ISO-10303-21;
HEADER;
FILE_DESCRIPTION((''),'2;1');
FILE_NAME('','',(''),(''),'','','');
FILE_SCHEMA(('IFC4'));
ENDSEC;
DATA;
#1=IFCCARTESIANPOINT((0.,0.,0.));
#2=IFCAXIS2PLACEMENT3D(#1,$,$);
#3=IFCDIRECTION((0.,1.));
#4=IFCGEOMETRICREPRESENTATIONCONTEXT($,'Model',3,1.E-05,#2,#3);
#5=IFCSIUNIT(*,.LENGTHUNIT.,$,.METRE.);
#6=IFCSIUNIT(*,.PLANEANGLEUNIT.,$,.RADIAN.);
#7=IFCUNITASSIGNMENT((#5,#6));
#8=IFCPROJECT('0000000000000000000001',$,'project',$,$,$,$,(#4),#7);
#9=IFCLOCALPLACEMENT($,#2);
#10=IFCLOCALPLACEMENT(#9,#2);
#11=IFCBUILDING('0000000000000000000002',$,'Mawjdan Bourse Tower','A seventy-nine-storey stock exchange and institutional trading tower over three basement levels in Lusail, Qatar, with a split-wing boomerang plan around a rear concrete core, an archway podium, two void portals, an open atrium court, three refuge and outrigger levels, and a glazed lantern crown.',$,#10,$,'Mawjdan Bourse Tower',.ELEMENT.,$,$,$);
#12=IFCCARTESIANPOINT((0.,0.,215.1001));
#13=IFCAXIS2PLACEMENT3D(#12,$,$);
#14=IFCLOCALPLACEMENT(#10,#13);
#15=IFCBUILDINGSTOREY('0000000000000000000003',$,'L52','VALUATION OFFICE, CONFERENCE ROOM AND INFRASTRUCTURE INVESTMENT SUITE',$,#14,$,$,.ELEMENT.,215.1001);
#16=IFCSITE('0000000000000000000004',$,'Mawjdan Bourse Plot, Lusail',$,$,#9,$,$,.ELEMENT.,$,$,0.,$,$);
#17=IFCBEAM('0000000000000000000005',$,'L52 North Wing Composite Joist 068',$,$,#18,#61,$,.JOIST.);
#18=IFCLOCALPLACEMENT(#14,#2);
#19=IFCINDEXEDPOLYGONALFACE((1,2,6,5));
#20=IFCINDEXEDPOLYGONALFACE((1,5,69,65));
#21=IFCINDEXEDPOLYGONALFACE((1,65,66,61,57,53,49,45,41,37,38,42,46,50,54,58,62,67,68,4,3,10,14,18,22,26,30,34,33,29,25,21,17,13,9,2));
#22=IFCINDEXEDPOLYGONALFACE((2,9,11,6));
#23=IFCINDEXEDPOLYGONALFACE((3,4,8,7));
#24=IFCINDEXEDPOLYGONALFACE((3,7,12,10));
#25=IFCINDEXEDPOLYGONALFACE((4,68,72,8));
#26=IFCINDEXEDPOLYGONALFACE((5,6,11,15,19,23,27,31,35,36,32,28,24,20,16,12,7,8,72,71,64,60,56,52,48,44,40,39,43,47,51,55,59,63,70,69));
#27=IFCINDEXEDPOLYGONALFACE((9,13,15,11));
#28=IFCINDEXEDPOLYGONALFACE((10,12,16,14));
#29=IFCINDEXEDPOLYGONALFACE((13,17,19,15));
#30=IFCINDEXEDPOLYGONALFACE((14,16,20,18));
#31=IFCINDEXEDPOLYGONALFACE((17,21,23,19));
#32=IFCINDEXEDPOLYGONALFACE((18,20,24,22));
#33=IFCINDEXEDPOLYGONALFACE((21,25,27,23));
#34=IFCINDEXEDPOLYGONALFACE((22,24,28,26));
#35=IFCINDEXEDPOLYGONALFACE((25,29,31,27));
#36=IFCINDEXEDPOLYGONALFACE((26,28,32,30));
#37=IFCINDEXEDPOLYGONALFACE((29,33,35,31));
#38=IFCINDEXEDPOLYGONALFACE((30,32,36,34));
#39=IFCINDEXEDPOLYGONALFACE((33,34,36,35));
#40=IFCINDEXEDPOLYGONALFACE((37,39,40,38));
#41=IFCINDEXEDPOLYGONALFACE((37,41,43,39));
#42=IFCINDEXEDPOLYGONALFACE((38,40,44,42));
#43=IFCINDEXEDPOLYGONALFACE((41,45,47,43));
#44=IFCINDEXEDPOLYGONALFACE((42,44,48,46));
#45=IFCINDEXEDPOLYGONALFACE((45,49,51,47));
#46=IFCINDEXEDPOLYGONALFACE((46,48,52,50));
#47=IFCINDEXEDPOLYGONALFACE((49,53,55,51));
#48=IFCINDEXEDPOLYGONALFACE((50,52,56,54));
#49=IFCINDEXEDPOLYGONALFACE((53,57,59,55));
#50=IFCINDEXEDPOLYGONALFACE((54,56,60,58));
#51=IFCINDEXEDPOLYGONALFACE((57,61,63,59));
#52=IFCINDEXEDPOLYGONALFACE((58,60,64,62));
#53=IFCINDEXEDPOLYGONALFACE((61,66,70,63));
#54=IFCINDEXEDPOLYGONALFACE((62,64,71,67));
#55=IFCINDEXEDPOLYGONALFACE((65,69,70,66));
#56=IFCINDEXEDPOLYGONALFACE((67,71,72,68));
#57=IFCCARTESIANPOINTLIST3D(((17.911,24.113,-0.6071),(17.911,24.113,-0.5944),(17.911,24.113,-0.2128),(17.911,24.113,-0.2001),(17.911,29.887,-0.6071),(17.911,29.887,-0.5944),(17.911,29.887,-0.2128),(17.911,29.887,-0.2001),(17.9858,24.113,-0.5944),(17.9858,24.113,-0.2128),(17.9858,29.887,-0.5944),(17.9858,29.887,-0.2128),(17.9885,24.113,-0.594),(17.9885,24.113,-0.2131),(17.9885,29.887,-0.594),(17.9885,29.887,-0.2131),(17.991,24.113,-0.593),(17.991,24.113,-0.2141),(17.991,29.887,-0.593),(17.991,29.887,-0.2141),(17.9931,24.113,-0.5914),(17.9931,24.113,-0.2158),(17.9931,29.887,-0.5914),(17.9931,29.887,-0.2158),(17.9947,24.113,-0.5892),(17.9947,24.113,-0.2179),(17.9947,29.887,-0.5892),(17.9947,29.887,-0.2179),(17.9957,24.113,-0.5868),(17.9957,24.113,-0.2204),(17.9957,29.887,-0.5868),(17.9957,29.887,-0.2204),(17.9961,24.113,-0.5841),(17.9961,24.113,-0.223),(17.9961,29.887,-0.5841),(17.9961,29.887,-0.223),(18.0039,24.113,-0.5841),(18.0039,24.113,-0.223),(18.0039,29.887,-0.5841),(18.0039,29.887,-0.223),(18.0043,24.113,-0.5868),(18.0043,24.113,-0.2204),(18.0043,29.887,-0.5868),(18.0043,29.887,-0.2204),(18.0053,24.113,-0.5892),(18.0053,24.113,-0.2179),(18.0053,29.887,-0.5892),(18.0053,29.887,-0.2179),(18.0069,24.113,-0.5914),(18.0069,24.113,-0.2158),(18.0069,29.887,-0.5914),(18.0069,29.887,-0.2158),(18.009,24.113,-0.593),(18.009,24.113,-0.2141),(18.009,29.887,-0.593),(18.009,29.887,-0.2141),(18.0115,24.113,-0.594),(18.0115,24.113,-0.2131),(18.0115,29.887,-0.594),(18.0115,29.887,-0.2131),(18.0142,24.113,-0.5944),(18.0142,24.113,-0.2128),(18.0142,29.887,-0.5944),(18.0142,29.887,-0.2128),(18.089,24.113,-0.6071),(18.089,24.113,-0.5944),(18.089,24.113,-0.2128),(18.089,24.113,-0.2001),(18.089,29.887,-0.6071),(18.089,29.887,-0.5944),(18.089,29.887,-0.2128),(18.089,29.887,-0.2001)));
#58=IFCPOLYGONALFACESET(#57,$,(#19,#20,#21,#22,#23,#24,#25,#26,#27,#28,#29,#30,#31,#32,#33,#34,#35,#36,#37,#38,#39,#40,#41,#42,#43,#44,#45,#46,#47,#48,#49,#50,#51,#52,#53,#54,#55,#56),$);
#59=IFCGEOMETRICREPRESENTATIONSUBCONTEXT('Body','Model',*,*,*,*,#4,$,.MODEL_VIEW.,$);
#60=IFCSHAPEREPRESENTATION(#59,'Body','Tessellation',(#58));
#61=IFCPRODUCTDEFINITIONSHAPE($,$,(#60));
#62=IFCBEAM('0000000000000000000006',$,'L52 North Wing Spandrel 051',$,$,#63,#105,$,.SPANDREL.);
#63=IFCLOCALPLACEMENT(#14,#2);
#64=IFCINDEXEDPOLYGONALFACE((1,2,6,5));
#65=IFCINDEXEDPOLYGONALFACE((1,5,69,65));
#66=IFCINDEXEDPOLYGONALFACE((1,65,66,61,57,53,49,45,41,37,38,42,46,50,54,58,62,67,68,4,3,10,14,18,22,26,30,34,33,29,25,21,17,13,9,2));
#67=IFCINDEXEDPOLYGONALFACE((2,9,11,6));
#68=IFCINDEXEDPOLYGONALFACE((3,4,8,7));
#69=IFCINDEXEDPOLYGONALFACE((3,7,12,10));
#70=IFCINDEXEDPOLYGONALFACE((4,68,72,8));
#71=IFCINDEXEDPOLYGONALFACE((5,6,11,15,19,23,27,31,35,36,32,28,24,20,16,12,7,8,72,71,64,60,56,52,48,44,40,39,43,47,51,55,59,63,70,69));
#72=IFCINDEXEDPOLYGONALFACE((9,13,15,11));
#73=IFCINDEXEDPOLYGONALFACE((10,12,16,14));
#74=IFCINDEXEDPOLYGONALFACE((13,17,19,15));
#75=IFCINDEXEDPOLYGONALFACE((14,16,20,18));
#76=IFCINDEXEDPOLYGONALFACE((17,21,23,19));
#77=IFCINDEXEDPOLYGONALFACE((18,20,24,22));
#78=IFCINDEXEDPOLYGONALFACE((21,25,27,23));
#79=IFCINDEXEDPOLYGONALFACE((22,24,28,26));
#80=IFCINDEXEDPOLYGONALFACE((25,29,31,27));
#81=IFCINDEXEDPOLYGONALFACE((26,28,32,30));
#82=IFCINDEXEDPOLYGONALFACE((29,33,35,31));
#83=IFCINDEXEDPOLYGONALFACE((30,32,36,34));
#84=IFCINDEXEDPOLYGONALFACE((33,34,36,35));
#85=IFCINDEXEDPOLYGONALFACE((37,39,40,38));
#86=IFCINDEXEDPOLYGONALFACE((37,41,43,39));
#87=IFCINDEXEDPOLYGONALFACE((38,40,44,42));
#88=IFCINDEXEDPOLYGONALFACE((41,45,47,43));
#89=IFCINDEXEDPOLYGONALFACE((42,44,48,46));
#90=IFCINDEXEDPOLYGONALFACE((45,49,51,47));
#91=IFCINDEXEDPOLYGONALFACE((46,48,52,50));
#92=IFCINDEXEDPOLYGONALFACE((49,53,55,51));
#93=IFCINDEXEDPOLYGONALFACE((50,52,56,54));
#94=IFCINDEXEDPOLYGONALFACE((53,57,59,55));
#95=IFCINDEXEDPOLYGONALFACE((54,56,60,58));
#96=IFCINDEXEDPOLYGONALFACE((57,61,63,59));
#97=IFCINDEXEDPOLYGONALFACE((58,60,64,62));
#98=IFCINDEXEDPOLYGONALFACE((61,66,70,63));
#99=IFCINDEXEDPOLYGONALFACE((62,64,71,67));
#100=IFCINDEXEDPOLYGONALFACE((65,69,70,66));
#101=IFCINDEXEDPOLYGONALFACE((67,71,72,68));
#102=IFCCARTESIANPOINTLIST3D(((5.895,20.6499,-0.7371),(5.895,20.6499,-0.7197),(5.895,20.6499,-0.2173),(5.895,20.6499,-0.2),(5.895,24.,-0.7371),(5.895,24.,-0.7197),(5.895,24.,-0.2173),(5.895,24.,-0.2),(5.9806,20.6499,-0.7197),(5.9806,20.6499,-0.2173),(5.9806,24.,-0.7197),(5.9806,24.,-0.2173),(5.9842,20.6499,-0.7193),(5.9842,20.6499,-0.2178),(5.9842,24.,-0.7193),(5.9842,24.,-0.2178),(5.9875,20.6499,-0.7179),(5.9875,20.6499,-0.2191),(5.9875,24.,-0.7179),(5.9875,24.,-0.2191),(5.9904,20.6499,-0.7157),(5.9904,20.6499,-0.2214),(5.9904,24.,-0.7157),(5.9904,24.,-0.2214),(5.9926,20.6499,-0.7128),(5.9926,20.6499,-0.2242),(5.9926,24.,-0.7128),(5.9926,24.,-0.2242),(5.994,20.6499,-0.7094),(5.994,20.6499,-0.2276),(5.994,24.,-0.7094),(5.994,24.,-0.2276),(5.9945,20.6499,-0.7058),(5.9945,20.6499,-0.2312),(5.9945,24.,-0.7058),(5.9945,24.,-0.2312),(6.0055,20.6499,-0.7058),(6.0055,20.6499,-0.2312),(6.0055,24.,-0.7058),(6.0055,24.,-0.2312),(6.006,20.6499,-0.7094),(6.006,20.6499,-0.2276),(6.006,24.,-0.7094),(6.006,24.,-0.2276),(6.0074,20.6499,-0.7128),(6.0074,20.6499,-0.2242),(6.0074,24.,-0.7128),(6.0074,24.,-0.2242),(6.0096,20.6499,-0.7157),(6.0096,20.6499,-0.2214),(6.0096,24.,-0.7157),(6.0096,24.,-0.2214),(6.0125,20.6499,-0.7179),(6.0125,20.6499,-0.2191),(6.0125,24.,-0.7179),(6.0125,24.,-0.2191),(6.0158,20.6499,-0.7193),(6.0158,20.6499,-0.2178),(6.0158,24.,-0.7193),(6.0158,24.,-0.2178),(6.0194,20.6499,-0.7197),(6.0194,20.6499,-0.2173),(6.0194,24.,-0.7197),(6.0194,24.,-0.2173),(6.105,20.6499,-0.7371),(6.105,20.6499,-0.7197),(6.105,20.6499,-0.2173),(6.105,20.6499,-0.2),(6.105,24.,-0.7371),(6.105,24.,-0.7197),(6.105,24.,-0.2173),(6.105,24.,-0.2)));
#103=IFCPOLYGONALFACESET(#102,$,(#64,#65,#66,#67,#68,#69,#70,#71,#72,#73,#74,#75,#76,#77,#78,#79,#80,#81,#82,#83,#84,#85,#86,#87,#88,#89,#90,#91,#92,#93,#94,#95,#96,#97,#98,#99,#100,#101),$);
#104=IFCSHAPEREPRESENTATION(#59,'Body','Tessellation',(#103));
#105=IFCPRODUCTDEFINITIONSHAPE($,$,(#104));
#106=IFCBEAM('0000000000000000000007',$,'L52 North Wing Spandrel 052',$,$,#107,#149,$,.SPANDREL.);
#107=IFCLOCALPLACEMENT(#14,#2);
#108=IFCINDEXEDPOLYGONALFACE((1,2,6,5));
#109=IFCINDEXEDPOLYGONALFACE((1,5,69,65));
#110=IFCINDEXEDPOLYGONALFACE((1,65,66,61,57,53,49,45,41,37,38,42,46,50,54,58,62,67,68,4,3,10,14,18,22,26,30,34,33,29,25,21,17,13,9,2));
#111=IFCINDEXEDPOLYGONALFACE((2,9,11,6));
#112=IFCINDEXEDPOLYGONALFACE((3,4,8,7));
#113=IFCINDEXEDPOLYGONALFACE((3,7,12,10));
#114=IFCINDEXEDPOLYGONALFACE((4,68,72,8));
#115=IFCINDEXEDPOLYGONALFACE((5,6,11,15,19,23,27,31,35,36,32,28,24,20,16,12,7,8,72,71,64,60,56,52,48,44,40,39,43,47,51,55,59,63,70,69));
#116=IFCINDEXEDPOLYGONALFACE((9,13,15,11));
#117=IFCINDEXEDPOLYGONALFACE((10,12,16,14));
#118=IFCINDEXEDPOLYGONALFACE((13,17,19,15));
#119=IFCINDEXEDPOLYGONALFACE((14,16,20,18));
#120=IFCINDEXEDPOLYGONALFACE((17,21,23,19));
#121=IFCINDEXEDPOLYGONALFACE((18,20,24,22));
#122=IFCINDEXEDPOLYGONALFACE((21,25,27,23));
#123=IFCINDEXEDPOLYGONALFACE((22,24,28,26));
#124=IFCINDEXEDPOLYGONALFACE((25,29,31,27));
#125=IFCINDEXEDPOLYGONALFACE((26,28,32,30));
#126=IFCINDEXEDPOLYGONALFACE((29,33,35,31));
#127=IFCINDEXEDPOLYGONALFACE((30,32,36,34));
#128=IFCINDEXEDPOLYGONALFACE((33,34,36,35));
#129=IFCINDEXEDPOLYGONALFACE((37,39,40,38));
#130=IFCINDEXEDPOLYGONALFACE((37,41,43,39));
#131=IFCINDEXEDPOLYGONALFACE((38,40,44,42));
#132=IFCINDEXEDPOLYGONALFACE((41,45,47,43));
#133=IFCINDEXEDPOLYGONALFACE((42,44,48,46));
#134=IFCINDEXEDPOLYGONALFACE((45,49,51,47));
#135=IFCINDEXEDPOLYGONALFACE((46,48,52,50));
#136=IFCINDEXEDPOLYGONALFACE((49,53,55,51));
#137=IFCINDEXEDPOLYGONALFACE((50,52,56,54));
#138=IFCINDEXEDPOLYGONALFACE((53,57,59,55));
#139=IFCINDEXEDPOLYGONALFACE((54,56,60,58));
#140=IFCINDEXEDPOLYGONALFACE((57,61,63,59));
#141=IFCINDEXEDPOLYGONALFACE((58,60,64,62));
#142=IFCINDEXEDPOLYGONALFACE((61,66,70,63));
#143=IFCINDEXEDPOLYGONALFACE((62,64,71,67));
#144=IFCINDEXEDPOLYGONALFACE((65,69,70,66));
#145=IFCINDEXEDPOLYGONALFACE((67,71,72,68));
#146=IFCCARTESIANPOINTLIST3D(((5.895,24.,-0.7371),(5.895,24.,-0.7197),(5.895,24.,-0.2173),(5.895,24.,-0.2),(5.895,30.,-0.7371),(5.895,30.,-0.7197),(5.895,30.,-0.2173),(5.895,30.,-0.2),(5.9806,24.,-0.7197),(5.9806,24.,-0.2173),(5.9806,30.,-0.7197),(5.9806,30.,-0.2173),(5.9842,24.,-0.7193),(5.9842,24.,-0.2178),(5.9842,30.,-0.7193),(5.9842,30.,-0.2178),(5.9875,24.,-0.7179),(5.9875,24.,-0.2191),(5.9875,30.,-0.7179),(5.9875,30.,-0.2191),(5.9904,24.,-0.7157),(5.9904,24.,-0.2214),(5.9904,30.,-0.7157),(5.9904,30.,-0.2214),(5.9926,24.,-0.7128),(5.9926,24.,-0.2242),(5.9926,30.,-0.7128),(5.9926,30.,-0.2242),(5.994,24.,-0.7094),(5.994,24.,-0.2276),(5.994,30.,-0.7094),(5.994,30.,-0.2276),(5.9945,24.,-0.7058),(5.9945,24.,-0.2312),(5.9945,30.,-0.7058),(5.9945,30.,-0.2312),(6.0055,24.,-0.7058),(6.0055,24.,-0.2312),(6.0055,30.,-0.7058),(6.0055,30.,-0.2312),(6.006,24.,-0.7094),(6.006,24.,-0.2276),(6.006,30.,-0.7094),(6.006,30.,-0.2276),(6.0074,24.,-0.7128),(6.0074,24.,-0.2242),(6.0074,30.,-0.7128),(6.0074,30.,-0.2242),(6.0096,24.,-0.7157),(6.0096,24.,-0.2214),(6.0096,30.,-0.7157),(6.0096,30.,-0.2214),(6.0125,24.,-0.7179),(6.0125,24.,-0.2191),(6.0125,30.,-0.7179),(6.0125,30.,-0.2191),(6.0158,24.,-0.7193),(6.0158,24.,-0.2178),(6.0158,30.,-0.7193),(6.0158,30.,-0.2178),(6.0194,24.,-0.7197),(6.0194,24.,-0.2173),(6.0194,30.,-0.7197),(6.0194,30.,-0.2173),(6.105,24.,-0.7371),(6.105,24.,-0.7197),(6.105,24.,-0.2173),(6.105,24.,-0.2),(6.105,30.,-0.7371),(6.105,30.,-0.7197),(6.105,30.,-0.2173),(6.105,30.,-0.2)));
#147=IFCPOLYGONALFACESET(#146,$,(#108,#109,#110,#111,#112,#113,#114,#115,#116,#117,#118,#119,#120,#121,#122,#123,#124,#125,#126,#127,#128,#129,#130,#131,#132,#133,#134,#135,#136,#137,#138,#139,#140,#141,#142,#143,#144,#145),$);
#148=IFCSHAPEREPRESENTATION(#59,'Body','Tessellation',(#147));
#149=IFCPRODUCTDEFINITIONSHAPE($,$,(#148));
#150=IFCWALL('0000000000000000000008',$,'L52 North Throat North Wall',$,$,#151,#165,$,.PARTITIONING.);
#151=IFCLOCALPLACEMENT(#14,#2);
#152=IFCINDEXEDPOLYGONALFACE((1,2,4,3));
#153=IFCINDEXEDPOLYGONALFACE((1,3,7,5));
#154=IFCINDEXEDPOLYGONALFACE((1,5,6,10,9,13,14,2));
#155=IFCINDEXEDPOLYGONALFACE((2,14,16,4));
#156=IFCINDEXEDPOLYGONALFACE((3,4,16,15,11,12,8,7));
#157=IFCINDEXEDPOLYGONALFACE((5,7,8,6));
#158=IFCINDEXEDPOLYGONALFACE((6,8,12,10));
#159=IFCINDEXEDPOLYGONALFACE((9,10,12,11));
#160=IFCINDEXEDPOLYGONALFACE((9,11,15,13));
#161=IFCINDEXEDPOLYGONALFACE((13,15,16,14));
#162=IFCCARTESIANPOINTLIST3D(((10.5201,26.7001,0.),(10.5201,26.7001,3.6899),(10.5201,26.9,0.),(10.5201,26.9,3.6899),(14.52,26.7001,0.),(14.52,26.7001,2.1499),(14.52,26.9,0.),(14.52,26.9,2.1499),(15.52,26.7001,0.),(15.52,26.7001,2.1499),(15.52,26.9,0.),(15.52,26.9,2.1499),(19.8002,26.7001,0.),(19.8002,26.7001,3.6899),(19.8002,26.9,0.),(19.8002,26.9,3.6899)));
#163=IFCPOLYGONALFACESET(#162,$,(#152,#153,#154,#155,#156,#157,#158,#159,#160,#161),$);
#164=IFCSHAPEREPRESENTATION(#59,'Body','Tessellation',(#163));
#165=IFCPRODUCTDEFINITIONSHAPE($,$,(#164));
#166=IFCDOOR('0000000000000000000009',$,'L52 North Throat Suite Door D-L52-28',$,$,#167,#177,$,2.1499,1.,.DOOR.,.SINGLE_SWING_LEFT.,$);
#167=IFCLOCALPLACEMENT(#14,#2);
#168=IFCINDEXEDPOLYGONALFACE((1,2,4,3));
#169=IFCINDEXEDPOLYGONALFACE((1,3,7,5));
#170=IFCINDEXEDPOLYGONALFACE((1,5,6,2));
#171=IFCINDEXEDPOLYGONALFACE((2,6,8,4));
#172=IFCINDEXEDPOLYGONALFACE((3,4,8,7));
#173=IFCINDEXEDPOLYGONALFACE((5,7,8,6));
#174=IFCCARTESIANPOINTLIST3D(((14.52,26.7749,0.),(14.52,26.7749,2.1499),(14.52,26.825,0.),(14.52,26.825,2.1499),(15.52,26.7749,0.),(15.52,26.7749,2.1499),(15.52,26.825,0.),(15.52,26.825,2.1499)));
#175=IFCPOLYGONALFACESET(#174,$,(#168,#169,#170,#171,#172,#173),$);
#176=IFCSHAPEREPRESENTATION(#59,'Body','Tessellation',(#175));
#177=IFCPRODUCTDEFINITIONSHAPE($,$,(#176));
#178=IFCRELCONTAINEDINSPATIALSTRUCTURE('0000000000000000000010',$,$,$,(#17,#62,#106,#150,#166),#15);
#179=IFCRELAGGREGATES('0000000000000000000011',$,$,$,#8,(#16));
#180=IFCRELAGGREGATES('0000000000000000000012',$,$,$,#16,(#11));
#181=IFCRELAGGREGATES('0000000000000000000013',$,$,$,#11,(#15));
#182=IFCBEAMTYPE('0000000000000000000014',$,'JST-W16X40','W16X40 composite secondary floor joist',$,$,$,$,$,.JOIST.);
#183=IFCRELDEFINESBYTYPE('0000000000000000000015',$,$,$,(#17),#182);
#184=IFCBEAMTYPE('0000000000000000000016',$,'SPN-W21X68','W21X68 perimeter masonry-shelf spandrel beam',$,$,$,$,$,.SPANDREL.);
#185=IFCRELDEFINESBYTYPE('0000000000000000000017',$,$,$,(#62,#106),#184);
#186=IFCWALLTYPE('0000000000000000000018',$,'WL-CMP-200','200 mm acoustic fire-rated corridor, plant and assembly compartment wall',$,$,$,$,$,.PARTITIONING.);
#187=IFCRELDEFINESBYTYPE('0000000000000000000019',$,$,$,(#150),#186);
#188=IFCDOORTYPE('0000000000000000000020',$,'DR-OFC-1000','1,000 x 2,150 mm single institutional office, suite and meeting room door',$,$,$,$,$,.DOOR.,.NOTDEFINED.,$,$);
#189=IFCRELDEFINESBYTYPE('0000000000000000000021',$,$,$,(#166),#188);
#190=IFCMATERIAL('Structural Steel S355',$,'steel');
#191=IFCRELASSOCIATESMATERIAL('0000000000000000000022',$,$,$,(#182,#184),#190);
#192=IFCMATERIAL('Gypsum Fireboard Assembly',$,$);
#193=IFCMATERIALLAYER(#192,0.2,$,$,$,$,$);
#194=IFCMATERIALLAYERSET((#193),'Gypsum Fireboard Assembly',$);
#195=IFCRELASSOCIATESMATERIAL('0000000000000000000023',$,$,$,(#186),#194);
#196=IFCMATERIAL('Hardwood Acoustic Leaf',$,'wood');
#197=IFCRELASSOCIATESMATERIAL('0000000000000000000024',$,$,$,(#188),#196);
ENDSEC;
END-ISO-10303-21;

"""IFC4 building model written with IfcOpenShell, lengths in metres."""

from ifc_helpers import new_model, si_unit, direction, frame, frame_2d, origin, origin_2d, place, context, subcontext, project, spatial, rectangle, i_section, extrude, material, layer, layer_set, material_profile, profile_set, type_object, element, fill, save


model = new_model("IFC4")

# Units and contexts
model_context = context("Model", 3, precision=1e-05, world=origin(), true_north=direction((0.0, 1.0)))
body_context = subcontext(model_context, "Body", "Model", "MODEL_VIEW")
ifc_project = project(units=[si_unit("LENGTHUNIT", "METRE"), si_unit("PLANEANGLEUNIT", "RADIAN")], contexts=[model_context])

# Site, building, storey
site_placement = place(None, origin())
site = spatial("IfcSite", under=ifc_project, at=site_placement, Name="Mawjdan Bourse Plot, Lusail", CompositionType="ELEMENT", RefElevation=0.0)
building_placement = place(site_placement, origin())
building = spatial("IfcBuilding", under=site, at=building_placement, Name="Mawjdan Bourse Tower", Description="A seventy-nine-storey stock exchange and institutional trading tower over three basement levels in Lusail, Qatar, with a split-wing boomerang plan around a rear concrete core, an archway podium, two void portals, an open atrium court, three refuge and outrigger levels, and a glazed lantern crown.", LongName="Mawjdan Bourse Tower", CompositionType="ELEMENT")
storey_placement = place(building_placement, frame((0.0, 0.0, 215.1001)))
storey = spatial("IfcBuildingStorey", under=building, at=storey_placement, Name="L52", Description="VALUATION OFFICE, CONFERENCE ROOM AND INFRASTRUCTURE INVESTMENT SUITE", CompositionType="ELEMENT", Elevation=215.1001)

# Beams
ifc_material_1 = material(Name="Structural Steel S355", Category="steel")
ifc_material_profile_1 = material_profile(ifc_material_1, i_section(OverallWidth=0.178, OverallDepth=0.407, WebThickness=0.0078, FlangeThickness=0.0127, FilletRadius=0.0103, at=origin_2d()), Name="W16X40")
ifc_profile_set_1 = profile_set([ifc_material_profile_1], Name="Structural Steel S355")
beam_type_1 = type_object("IfcBeamType", Name="JST-W16X40", Description="W16X40 composite secondary floor joist", PredefinedType="JOIST", material=ifc_profile_set_1)
beam_1_placement = place(storey_placement, frame((18.0, 24.113, -0.4036), z_axis=(0.0, 1.0, 0.0), x_axis=(-1.0, 0.0, 0.0)))
element("IfcBeam", 1, at=beam_1_placement, inside=storey, type_object=beam_type_1, Name="L52 North Wing Composite Joist 068", PredefinedType="JOIST", context=body_context, shape_type="SweptSolid", body=[
    extrude(i_section(OverallWidth=0.178, OverallDepth=0.407, WebThickness=0.0078, FlangeThickness=0.0127, FilletRadius=0.0103, at=origin_2d()), origin(), (0.0, 0.0, 1.0), 5.7739),
])
ifc_material_profile_2 = material_profile(ifc_material_1, i_section(OverallWidth=0.21, OverallDepth=0.5371, WebThickness=0.011, FlangeThickness=0.0173, FilletRadius=0.0139, at=origin_2d()), Name="W21X68")
ifc_profile_set_2 = profile_set([ifc_material_profile_2], Name="Structural Steel S355")
beam_type_2 = type_object("IfcBeamType", Name="SPN-W21X68", Description="W21X68 perimeter masonry-shelf spandrel beam", PredefinedType="SPANDREL", material=ifc_profile_set_2)
beam_2_placement = place(storey_placement, frame((6.0, 20.6499, -0.4685), z_axis=(0.0, 1.0, 0.0), x_axis=(-1.0, 0.0, 0.0)))
element("IfcBeam", 2, at=beam_2_placement, inside=storey, type_object=beam_type_2, Name="L52 North Wing Spandrel 051", PredefinedType="SPANDREL", context=body_context, shape_type="SweptSolid", body=[
    extrude(i_section(OverallWidth=0.21, OverallDepth=0.5371, WebThickness=0.011, FlangeThickness=0.0173, FilletRadius=0.0139, at=origin_2d()), origin(), (0.0, 0.0, 1.0), 3.3501),
])
beam_3_placement = place(storey_placement, frame((6.0, 24.0, -0.4685), z_axis=(0.0, 1.0, 0.0), x_axis=(-1.0, 0.0, 0.0)))
element("IfcBeam", 3, at=beam_3_placement, inside=storey, type_object=beam_type_2, Name="L52 North Wing Spandrel 052", PredefinedType="SPANDREL", context=body_context, shape_type="SweptSolid", body=[
    extrude(i_section(OverallWidth=0.21, OverallDepth=0.5371, WebThickness=0.011, FlangeThickness=0.0173, FilletRadius=0.0139, at=origin_2d()), origin(), (0.0, 0.0, 1.0), 6.0),
])

# Wall, opening, door
ifc_material_2 = material(Name="Gypsum Fireboard Assembly")
ifc_layer_1 = layer(ifc_material_2, 0.2)
ifc_layer_set_1 = layer_set([ifc_layer_1], Name="Gypsum Fireboard Assembly")
wall_type_1 = type_object("IfcWallType", Name="WL-CMP-200", Description="200 mm acoustic fire-rated corridor, plant and assembly compartment wall", PredefinedType="PARTITIONING", material=ifc_layer_set_1)
wall_1_placement = place(storey_placement, frame((10.52, 26.8, 0.0), z_axis=(0.0, 0.0, 1.0), x_axis=(1.0, 0.0, 0.0)))
wall_1 = element("IfcWall", 4, at=wall_1_placement, inside=storey, type_object=wall_type_1, Name="L52 North Throat North Wall", PredefinedType="PARTITIONING", context=body_context, shape_type="SweptSolid", body=[
    extrude(rectangle(XDim=9.28, YDim=0.2, at=frame_2d((4.6401, 0.0))), origin(), (0.0, 0.0, 1.0), 3.6899),
])
opening_1_placement = place(wall_1_placement, frame((4.0, 0.0, 0.0)))
opening_1 = element("IfcOpeningElement", 5, at=opening_1_placement, cuts=wall_1, PredefinedType="OPENING", context=body_context, shape_type="SweptSolid", body=[
    extrude(rectangle(XDim=1.0, YDim=2.1499, at=frame_2d((0.5, 1.075))), frame((0.0, 0.1099, 0.0), z_axis=(0.0, -1.0, 0.0), x_axis=(1.0, 0.0, 0.0)), (0.0, 0.0, 1.0), 0.22),
])
ifc_material_3 = material(Name="Hardwood Acoustic Leaf", Category="wood")
door_type_1 = type_object("IfcDoorType", Name="DR-OFC-1000", Description="1,000 x 2,150 mm single institutional office, suite and meeting room door", OperationType="NOTDEFINED", PredefinedType="DOOR", material=ifc_material_3)
door_1_placement = place(opening_1_placement, origin())
door_1 = element("IfcDoor", 6, at=door_1_placement, inside=storey, type_object=door_type_1, Name="L52 North Throat Suite Door D-L52-28", OperationType="SINGLE_SWING_LEFT", OverallHeight=2.1499, OverallWidth=1.0, PredefinedType="DOOR", context=body_context, shape_type="SweptSolid", body=[
    extrude(rectangle(XDim=1.0, YDim=2.1499, at=frame_2d((0.5, 1.075))), frame((0.0, 0.0249, 0.0), z_axis=(0.0, -1.0, 0.0), x_axis=(1.0, 0.0, 0.0)), (0.0, 0.0, 1.0), 0.05),
])
fill(opening_1, door_1)

save(model, "model.ifc")
